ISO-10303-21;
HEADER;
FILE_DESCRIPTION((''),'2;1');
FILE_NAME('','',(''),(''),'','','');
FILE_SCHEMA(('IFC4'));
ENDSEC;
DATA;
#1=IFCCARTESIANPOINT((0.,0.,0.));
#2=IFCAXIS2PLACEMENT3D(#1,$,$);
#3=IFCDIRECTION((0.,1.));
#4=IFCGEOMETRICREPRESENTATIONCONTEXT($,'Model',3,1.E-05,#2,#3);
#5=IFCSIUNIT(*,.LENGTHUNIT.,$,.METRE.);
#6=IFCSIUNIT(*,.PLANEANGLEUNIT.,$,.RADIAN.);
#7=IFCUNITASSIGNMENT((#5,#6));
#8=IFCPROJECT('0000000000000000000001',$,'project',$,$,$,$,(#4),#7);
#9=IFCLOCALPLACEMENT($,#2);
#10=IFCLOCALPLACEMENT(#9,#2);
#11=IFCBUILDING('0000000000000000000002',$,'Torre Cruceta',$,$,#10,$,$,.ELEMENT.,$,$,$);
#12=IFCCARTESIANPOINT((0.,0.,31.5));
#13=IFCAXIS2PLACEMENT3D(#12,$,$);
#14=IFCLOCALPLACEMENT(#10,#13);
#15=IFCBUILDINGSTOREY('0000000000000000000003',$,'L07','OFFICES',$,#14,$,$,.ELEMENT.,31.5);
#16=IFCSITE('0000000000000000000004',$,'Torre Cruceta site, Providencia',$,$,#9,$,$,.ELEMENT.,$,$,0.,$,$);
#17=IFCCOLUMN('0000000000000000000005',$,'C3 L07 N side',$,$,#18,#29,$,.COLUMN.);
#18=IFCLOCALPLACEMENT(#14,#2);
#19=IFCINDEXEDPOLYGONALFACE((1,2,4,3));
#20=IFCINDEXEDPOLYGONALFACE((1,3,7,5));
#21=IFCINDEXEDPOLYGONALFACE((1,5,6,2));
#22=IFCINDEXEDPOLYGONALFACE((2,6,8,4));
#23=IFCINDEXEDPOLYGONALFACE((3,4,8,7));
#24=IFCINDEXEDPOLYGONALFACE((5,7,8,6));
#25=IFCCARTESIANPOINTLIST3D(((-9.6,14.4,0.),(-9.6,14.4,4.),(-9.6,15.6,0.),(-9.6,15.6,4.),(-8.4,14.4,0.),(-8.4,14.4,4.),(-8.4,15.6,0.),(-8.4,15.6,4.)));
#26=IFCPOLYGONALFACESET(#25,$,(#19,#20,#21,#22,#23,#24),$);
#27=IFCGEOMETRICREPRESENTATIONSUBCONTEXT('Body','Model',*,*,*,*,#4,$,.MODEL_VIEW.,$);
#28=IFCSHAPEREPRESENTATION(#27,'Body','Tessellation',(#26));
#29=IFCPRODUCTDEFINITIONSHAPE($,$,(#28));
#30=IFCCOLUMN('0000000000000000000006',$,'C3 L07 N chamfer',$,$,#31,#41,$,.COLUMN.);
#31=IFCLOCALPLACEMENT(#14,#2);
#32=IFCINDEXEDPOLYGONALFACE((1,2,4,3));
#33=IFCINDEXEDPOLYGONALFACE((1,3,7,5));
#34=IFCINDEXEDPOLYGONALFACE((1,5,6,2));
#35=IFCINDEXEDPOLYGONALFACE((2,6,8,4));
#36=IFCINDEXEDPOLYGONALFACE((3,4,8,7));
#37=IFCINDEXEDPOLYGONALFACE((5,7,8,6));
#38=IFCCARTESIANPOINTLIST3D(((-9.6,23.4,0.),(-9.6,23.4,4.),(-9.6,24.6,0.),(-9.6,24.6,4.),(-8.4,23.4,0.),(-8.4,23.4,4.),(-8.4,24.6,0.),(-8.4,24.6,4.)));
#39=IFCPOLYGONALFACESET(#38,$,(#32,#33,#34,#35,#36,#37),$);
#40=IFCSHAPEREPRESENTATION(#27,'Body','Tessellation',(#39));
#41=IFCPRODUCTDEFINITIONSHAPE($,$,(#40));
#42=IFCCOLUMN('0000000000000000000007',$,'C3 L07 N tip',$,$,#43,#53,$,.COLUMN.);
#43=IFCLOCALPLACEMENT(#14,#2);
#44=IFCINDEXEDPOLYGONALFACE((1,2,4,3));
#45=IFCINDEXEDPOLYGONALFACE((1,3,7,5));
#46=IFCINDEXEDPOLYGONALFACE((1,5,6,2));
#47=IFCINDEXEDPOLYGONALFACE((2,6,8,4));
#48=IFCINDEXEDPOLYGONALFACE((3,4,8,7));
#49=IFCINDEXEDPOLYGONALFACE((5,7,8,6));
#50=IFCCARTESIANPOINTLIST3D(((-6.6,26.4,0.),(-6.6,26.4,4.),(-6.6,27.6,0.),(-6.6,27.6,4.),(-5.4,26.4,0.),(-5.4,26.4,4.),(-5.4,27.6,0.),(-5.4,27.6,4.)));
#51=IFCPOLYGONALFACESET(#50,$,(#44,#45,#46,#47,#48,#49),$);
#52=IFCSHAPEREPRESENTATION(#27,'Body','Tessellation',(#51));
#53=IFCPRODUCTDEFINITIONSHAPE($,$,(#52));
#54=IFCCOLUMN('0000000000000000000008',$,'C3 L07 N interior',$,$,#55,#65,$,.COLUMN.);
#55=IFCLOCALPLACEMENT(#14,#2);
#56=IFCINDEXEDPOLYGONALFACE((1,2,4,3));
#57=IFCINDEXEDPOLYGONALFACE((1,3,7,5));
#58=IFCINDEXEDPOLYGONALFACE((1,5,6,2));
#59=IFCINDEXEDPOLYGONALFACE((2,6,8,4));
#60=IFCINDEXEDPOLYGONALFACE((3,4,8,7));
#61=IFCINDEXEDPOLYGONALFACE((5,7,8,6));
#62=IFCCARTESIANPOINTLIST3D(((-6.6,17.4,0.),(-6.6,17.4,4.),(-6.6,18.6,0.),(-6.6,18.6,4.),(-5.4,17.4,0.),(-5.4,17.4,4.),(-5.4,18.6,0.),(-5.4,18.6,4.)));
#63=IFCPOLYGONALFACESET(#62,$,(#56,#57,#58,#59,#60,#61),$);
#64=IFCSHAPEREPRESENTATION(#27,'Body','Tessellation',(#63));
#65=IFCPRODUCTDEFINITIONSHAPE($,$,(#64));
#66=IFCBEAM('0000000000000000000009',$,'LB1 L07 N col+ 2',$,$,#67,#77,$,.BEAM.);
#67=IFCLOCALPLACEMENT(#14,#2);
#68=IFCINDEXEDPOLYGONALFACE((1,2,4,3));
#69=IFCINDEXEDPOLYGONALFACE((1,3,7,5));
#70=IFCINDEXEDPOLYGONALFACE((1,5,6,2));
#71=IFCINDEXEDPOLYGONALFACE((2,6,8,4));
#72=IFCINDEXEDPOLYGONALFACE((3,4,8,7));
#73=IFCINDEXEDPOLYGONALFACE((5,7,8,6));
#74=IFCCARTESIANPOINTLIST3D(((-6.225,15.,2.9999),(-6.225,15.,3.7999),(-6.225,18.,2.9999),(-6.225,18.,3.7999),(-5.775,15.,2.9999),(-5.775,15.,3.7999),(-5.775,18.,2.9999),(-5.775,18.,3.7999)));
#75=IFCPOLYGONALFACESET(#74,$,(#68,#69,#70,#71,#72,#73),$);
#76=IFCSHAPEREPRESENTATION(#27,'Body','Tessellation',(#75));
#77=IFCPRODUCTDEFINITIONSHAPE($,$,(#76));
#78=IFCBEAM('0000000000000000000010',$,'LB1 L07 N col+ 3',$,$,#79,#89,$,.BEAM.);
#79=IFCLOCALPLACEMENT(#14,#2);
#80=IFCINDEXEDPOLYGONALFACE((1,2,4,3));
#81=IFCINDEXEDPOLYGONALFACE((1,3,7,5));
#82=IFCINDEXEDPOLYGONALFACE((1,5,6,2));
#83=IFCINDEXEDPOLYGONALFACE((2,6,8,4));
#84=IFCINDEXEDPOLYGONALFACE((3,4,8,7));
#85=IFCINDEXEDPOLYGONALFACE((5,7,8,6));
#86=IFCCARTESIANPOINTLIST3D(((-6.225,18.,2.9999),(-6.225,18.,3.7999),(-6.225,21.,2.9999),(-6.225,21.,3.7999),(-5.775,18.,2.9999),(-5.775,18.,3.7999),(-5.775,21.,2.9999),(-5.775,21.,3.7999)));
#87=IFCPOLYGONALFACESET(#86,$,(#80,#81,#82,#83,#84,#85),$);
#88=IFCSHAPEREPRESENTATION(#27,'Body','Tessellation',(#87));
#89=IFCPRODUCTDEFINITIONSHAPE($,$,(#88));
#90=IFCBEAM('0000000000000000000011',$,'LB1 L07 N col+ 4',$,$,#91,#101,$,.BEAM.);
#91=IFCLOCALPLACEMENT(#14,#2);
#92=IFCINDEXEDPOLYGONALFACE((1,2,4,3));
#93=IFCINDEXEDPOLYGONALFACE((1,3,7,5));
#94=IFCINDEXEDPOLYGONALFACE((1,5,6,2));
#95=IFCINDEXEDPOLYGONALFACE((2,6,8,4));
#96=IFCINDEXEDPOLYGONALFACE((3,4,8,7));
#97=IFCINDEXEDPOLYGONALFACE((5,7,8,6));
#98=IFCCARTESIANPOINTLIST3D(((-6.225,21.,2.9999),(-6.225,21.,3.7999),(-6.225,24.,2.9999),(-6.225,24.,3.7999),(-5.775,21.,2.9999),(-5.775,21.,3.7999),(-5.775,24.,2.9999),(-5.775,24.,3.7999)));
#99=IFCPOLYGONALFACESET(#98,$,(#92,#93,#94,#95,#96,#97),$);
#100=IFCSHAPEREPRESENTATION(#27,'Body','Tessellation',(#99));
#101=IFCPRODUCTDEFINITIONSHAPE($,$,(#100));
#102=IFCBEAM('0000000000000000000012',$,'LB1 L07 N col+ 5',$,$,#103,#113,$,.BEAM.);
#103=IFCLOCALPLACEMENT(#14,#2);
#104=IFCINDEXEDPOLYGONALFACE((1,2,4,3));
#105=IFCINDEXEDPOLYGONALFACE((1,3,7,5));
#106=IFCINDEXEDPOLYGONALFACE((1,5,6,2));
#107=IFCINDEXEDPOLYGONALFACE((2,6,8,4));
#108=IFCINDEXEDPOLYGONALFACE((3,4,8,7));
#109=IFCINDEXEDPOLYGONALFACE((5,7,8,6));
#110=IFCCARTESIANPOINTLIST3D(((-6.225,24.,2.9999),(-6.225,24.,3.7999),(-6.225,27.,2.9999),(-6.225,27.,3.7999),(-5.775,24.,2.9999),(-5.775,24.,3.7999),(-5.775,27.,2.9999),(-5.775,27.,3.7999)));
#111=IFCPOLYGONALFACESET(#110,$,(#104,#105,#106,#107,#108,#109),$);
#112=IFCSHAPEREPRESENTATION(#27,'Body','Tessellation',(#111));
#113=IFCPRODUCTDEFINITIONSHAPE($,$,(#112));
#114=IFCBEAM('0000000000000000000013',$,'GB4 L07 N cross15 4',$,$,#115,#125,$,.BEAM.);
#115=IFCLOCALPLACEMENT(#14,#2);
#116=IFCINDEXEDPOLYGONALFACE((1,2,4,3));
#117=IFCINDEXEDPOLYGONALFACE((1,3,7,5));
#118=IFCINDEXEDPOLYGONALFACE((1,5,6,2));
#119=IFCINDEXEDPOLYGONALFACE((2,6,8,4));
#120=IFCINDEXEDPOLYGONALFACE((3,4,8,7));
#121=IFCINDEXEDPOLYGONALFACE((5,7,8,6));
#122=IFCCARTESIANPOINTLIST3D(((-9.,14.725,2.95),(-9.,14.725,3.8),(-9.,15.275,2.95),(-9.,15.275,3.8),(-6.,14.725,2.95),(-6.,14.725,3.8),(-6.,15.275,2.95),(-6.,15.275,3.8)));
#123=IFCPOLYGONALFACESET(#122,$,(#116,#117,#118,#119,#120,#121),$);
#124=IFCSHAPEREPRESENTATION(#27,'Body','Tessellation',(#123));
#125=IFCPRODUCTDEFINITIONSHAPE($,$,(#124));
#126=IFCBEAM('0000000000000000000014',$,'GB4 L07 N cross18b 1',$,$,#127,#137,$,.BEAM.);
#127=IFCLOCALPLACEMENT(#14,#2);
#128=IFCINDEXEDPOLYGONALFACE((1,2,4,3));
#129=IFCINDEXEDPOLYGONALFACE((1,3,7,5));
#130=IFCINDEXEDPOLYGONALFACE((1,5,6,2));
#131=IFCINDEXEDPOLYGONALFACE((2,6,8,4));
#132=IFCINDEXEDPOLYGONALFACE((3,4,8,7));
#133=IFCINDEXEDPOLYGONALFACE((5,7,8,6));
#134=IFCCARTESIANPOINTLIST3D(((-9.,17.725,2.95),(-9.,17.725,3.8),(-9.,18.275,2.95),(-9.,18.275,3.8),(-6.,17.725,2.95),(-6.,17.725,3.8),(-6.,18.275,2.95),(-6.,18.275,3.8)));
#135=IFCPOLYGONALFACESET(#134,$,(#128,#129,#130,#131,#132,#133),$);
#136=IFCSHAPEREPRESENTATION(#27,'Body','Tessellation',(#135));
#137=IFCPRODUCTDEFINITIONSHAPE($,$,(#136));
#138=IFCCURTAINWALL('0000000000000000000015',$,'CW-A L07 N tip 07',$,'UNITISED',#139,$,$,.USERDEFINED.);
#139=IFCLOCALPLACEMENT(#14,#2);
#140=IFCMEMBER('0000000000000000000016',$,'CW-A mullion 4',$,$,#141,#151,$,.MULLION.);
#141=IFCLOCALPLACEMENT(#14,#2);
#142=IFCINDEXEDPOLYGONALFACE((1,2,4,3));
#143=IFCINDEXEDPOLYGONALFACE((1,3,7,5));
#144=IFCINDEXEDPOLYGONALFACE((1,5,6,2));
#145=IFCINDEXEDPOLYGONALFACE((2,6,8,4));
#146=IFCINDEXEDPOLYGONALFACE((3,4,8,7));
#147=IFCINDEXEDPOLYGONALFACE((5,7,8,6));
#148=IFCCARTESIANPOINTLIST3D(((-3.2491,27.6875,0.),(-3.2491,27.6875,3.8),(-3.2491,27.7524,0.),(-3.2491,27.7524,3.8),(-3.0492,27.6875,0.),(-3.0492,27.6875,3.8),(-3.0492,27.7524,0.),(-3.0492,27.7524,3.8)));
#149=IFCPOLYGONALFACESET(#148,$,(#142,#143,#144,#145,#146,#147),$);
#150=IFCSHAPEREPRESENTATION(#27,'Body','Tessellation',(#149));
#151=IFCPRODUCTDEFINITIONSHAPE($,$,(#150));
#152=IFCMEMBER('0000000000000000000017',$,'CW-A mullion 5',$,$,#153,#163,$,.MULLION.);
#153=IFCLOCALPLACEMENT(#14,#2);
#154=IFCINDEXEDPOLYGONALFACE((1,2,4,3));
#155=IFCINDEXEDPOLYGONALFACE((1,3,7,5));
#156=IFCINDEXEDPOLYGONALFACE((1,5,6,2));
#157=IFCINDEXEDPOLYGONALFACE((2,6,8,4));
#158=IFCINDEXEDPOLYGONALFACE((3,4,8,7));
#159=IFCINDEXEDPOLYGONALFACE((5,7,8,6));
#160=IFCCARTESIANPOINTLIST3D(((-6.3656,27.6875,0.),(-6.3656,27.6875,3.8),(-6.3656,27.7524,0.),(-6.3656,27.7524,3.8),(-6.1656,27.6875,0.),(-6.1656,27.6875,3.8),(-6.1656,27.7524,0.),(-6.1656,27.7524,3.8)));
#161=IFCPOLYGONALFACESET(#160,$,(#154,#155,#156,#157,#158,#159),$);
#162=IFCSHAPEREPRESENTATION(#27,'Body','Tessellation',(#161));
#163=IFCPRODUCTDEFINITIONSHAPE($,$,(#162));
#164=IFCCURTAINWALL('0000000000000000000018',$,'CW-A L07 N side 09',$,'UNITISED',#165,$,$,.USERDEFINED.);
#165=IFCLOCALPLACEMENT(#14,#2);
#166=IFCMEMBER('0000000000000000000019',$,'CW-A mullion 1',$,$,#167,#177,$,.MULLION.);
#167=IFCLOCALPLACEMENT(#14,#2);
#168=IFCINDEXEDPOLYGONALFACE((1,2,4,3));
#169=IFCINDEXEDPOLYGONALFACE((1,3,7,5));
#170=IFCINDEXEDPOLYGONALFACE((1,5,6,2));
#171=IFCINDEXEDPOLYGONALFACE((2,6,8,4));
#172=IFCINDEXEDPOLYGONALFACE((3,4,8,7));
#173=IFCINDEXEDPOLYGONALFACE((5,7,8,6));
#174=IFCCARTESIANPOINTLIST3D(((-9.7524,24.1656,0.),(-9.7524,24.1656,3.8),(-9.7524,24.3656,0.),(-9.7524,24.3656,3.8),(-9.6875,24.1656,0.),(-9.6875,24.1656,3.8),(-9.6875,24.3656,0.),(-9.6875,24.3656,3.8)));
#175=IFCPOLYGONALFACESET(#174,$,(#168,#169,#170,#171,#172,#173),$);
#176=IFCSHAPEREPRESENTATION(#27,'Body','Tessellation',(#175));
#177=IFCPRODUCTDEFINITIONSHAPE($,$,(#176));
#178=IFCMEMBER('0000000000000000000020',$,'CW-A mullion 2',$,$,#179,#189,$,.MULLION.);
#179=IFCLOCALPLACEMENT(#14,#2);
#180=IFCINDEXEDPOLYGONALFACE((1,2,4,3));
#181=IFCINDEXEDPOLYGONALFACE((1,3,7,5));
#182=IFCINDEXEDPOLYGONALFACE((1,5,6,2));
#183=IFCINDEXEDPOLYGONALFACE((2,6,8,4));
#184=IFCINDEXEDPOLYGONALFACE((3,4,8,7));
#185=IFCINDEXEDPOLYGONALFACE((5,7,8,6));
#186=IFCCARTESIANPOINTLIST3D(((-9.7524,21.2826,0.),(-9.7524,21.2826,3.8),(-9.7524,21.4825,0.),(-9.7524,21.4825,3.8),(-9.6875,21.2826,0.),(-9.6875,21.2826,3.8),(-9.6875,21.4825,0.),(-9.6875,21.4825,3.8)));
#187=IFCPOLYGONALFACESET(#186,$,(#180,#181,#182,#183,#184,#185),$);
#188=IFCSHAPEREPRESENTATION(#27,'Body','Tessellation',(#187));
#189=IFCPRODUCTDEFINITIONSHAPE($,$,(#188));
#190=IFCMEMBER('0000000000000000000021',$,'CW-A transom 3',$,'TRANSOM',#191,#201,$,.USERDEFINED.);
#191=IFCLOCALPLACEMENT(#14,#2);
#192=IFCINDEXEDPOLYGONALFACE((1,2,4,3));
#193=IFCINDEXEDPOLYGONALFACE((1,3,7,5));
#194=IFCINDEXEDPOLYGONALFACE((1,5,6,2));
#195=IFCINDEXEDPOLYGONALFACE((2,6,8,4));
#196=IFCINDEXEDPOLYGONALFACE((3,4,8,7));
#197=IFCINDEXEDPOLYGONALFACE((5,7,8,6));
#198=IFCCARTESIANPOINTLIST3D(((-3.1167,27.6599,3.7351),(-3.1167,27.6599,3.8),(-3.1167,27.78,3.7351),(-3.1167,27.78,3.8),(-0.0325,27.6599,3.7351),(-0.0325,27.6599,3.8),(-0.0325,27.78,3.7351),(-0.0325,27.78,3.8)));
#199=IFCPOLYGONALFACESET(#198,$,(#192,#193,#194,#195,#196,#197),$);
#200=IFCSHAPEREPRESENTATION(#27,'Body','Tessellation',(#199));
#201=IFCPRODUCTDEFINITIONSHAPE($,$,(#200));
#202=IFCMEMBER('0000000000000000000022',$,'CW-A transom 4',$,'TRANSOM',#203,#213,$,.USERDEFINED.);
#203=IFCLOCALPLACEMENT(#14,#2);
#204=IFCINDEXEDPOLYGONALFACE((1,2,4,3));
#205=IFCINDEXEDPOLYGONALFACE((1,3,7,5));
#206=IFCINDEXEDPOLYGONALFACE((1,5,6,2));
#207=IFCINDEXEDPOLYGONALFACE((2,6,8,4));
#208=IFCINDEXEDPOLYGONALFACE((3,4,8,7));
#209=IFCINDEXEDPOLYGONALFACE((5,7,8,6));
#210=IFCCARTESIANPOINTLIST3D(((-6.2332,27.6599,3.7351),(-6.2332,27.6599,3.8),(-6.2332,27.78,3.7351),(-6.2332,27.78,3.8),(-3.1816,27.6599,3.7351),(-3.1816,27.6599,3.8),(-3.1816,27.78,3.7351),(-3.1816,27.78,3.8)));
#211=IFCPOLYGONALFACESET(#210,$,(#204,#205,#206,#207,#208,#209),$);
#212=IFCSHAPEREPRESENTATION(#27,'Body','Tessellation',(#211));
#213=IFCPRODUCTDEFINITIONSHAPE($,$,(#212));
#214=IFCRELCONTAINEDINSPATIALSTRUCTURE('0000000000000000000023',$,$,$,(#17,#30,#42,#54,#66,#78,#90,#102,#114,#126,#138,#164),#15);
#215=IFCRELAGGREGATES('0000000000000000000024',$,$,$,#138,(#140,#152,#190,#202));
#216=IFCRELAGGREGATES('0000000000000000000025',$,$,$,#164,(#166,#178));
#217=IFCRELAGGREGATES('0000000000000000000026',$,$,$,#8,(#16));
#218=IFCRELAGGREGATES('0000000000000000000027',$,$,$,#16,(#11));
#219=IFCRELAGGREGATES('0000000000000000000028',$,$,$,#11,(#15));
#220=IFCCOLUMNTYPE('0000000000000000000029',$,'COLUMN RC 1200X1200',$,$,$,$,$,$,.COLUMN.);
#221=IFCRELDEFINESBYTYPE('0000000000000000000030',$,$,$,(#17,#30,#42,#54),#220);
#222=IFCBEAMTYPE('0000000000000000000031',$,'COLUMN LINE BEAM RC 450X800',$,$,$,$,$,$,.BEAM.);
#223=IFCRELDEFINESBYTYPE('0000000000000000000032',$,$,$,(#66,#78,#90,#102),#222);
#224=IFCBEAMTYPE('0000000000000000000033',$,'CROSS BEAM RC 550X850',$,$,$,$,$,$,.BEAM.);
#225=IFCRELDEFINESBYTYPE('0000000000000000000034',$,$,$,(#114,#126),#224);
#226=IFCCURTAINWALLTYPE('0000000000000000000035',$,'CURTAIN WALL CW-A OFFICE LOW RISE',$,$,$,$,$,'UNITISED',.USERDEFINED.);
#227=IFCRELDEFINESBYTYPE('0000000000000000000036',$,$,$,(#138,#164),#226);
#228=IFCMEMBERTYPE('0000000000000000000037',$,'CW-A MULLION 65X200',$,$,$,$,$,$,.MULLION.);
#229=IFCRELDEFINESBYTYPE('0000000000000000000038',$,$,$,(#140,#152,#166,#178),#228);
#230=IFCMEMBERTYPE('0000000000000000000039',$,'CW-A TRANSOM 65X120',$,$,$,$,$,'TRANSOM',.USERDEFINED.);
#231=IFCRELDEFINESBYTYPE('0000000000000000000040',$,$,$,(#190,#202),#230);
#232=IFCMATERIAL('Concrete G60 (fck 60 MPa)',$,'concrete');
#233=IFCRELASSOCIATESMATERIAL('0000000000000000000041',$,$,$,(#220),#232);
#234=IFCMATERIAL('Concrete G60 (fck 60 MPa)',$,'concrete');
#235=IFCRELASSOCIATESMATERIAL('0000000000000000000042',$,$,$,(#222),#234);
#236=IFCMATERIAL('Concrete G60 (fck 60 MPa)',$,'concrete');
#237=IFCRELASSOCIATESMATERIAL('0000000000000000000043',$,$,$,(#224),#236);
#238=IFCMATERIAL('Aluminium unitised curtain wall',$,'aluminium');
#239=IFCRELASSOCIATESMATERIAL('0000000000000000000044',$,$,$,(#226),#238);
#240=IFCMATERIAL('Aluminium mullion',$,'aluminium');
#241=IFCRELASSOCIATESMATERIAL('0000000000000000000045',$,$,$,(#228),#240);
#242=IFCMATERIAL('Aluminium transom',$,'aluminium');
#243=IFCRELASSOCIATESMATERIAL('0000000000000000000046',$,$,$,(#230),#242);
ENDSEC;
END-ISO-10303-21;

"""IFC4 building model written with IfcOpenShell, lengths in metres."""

from ifc_helpers import new_model, si_unit, direction, frame, origin, origin_2d, place, context, subcontext, project, spatial, rectangle, extrude, material, material_profile, profile_set, type_object, element, aggregate, save


model = new_model("IFC4")

# Units and contexts
model_context = context("Model", 3, precision=1e-05, world=origin(), true_north=direction((0.0, 1.0)))
body_context = subcontext(model_context, "Body", "Model", "MODEL_VIEW")
ifc_project = project(units=[si_unit("LENGTHUNIT", "METRE"), si_unit("PLANEANGLEUNIT", "RADIAN")], contexts=[model_context])

# Site, building, storey
site_placement = place(None, origin())
site = spatial("IfcSite", under=ifc_project, at=site_placement, Name="Torre Cruceta site, Providencia", CompositionType="ELEMENT", RefElevation=0.0)
building_placement = place(site_placement, origin())
building = spatial("IfcBuilding", under=site, at=building_placement, Name="Torre Cruceta", CompositionType="ELEMENT")
storey_placement = place(building_placement, frame((0.0, 0.0, 31.5)))
storey = spatial("IfcBuildingStorey", under=building, at=storey_placement, Name="L07", Description="OFFICES", CompositionType="ELEMENT", Elevation=31.5)

# Columns
ifc_material_1 = material(Name="Concrete G60 (fck 60 MPa)", Category="concrete")
ifc_material_profile_1 = material_profile(ifc_material_1, rectangle(XDim=1.2, YDim=1.2, at=origin_2d()), Name="RC 1200X1200")
ifc_profile_set_1 = profile_set([ifc_material_profile_1], Name="Concrete G60 (fck 60 MPa)")
column_type = type_object("IfcColumnType", Name="COLUMN RC 1200X1200", PredefinedType="COLUMN", material=ifc_profile_set_1)
for number, where, z_axis, x_axis, name in (
    (1, (-9.0, 15.0, 0.0), (0.0, 0.0, 1.0), (1.0, 0.0, 0.0), "C3 L07 N side"),
    (2, (-9.0, 24.0, 0.0), (0.0, 0.0, 1.0), (1.0, 0.0, 0.0), "C3 L07 N chamfer"),
    (3, (-6.0, 27.0, 0.0), (0.0, 0.0, 1.0), (1.0, 0.0, 0.0), "C3 L07 N tip"),
    (4, (-6.0, 18.0, 0.0), (0.0, 0.0, 1.0), (1.0, 0.0, 0.0), "C3 L07 N interior"),
):
    element("IfcColumn", number, at=place(storey_placement, frame(where, z_axis=z_axis, x_axis=x_axis)), inside=storey, type_object=column_type, Name=name, PredefinedType="COLUMN", context=body_context, shape_type="SweptSolid", body=[
        extrude(rectangle(XDim=1.2, YDim=1.2, at=origin_2d()), origin(), (0.0, 0.0, 1.0), 4.0),
    ])

# Beams
ifc_material_2 = material(Name="Concrete G60 (fck 60 MPa)", Category="concrete")
ifc_material_profile_2 = material_profile(ifc_material_2, rectangle(XDim=0.45, YDim=0.8, at=origin_2d()), Name="RC 450X800")
ifc_profile_set_2 = profile_set([ifc_material_profile_2], Name="Concrete G60 (fck 60 MPa)")
beam_type_1 = type_object("IfcBeamType", Name="COLUMN LINE BEAM RC 450X800", PredefinedType="BEAM", material=ifc_profile_set_2)
for number, where, z_axis, x_axis, name in (
    (5, (-6.0, 15.0, 3.3999), (0.0, 1.0, 0.0), (-1.0, 0.0, 0.0), "LB1 L07 N col+ 2"),
    (6, (-6.0, 18.0, 3.3999), (0.0, 1.0, 0.0), (-1.0, 0.0, 0.0), "LB1 L07 N col+ 3"),
    (7, (-6.0, 21.0, 3.3999), (0.0, 1.0, 0.0), (-1.0, 0.0, 0.0), "LB1 L07 N col+ 4"),
    (8, (-6.0, 24.0, 3.3999), (0.0, 1.0, 0.0), (-1.0, 0.0, 0.0), "LB1 L07 N col+ 5"),
):
    element("IfcBeam", number, at=place(storey_placement, frame(where, z_axis=z_axis, x_axis=x_axis)), inside=storey, type_object=beam_type_1, Name=name, PredefinedType="BEAM", context=body_context, shape_type="SweptSolid", body=[
        extrude(rectangle(XDim=0.45, YDim=0.8, at=origin_2d()), origin(), (0.0, 0.0, 1.0), 3.0),
    ])
ifc_material_3 = material(Name="Concrete G60 (fck 60 MPa)", Category="concrete")
ifc_material_profile_3 = material_profile(ifc_material_3, rectangle(XDim=0.55, YDim=0.8501, at=origin_2d()), Name="RC 550X850")
ifc_profile_set_3 = profile_set([ifc_material_profile_3], Name="Concrete G60 (fck 60 MPa)")
beam_type_2 = type_object("IfcBeamType", Name="CROSS BEAM RC 550X850", PredefinedType="BEAM", material=ifc_profile_set_3)
for number, where, z_axis, x_axis, name in (
    (9, (-6.0, 15.0, 3.375), (-1.0, 0.0, 0.0), (0.0, -1.0, 0.0), "GB4 L07 N cross15 4"),
    (10, (-6.0, 18.0, 3.375), (-1.0, 0.0, 0.0), (0.0, -1.0, 0.0), "GB4 L07 N cross18b 1"),
):
    element("IfcBeam", number, at=place(storey_placement, frame(where, z_axis=z_axis, x_axis=x_axis)), inside=storey, type_object=beam_type_2, Name=name, PredefinedType="BEAM", context=body_context, shape_type="SweptSolid", body=[
        extrude(rectangle(XDim=0.55, YDim=0.8501, at=origin_2d()), origin(), (0.0, 0.0, 1.0), 3.0),
    ])

# Curtain walls, members
ifc_material_4 = material(Name="Aluminium unitised curtain wall", Category="aluminium")
curtain_wall_type = type_object("IfcCurtainWallType", Name="CURTAIN WALL CW-A OFFICE LOW RISE", ElementType="UNITISED", PredefinedType="USERDEFINED", material=ifc_material_4)
curtain_wall_1_placement = place(storey_placement, origin())
curtain_wall_1 = element("IfcCurtainWall", 11, at=curtain_wall_1_placement, inside=storey, type_object=curtain_wall_type, Name="CW-A L07 N tip 07", ObjectType="UNITISED", PredefinedType="USERDEFINED")
ifc_material_5 = material(Name="Aluminium mullion", Category="aluminium")
ifc_material_profile_4 = material_profile(ifc_material_5, rectangle(XDim=0.0649, YDim=0.2, at=origin_2d()), Name="AL 65X200")
ifc_profile_set_4 = profile_set([ifc_material_profile_4], Name="Aluminium mullion")
member_type_1 = type_object("IfcMemberType", Name="CW-A MULLION 65X200", PredefinedType="MULLION", material=ifc_profile_set_4)
member_1_placement = place(storey_placement, frame((-3.1492, 27.72, 0.0), z_axis=(0.0, 0.0, 1.0), x_axis=(0.0, -1.0, 0.0)))
member_1 = element("IfcMember", 12, at=member_1_placement, type_object=member_type_1, Name="CW-A mullion 4", PredefinedType="MULLION", context=body_context, shape_type="SweptSolid", body=[
    extrude(rectangle(XDim=0.0649, YDim=0.2, at=origin_2d()), origin(), (0.0, 0.0, 1.0), 3.8),
])
member_2_placement = place(storey_placement, frame((-6.2656, 27.72, 0.0), z_axis=(0.0, 0.0, 1.0), x_axis=(0.0, -1.0, 0.0)))
member_2 = element("IfcMember", 13, at=member_2_placement, type_object=member_type_1, Name="CW-A mullion 5", PredefinedType="MULLION", context=body_context, shape_type="SweptSolid", body=[
    extrude(rectangle(XDim=0.0649, YDim=0.2, at=origin_2d()), origin(), (0.0, 0.0, 1.0), 3.8),
])
curtain_wall_2_placement = place(storey_placement, origin())
curtain_wall_2 = element("IfcCurtainWall", 14, at=curtain_wall_2_placement, inside=storey, type_object=curtain_wall_type, Name="CW-A L07 N side 09", ObjectType="UNITISED", PredefinedType="USERDEFINED")
member_3_placement = place(storey_placement, frame((-9.72, 24.2656, 0.0), z_axis=(0.0, 0.0, 1.0), x_axis=(1.0, 0.0, 0.0)))
member_3 = element("IfcMember", 15, at=member_3_placement, type_object=member_type_1, Name="CW-A mullion 1", PredefinedType="MULLION", context=body_context, shape_type="SweptSolid", body=[
    extrude(rectangle(XDim=0.0649, YDim=0.2, at=origin_2d()), origin(), (0.0, 0.0, 1.0), 3.8),
])
member_4_placement = place(storey_placement, frame((-9.72, 21.3826, 0.0), z_axis=(0.0, 0.0, 1.0), x_axis=(1.0, 0.0, 0.0)))
member_4 = element("IfcMember", 16, at=member_4_placement, type_object=member_type_1, Name="CW-A mullion 2", PredefinedType="MULLION", context=body_context, shape_type="SweptSolid", body=[
    extrude(rectangle(XDim=0.0649, YDim=0.2, at=origin_2d()), origin(), (0.0, 0.0, 1.0), 3.8),
])

# Members
ifc_material_6 = material(Name="Aluminium transom", Category="aluminium")
ifc_material_profile_5 = material_profile(ifc_material_6, rectangle(XDim=0.1201, YDim=0.0649, at=origin_2d()), Name="AL 120X65")
ifc_profile_set_5 = profile_set([ifc_material_profile_5], Name="Aluminium transom")
member_type_2 = type_object("IfcMemberType", Name="CW-A TRANSOM 65X120", ElementType="TRANSOM", PredefinedType="USERDEFINED", material=ifc_profile_set_5)
member_5_placement = place(storey_placement, frame((-0.0325, 27.72, 3.7676), z_axis=(-1.0, 0.0, 0.0), x_axis=(0.0, -1.0, 0.0)))
member_5 = element("IfcMember", 17, at=member_5_placement, type_object=member_type_2, Name="CW-A transom 3", ObjectType="TRANSOM", PredefinedType="USERDEFINED", context=body_context, shape_type="SweptSolid", body=[
    extrude(rectangle(XDim=0.1201, YDim=0.0649, at=origin_2d()), origin(), (0.0, 0.0, 1.0), 3.0842),
])
member_6_placement = place(storey_placement, frame((-3.1816, 27.72, 3.7676), z_axis=(-1.0, 0.0, 0.0), x_axis=(0.0, -1.0, 0.0)))
member_6 = element("IfcMember", 18, at=member_6_placement, type_object=member_type_2, Name="CW-A transom 4", ObjectType="TRANSOM", PredefinedType="USERDEFINED", context=body_context, shape_type="SweptSolid", body=[
    extrude(rectangle(XDim=0.1201, YDim=0.0649, at=origin_2d()), origin(), (0.0, 0.0, 1.0), 3.0515),
])

aggregate(curtain_wall_1, [member_1, member_2, member_5, member_6])
aggregate(curtain_wall_2, [member_3, member_4])

save(model, "model.ifc")
